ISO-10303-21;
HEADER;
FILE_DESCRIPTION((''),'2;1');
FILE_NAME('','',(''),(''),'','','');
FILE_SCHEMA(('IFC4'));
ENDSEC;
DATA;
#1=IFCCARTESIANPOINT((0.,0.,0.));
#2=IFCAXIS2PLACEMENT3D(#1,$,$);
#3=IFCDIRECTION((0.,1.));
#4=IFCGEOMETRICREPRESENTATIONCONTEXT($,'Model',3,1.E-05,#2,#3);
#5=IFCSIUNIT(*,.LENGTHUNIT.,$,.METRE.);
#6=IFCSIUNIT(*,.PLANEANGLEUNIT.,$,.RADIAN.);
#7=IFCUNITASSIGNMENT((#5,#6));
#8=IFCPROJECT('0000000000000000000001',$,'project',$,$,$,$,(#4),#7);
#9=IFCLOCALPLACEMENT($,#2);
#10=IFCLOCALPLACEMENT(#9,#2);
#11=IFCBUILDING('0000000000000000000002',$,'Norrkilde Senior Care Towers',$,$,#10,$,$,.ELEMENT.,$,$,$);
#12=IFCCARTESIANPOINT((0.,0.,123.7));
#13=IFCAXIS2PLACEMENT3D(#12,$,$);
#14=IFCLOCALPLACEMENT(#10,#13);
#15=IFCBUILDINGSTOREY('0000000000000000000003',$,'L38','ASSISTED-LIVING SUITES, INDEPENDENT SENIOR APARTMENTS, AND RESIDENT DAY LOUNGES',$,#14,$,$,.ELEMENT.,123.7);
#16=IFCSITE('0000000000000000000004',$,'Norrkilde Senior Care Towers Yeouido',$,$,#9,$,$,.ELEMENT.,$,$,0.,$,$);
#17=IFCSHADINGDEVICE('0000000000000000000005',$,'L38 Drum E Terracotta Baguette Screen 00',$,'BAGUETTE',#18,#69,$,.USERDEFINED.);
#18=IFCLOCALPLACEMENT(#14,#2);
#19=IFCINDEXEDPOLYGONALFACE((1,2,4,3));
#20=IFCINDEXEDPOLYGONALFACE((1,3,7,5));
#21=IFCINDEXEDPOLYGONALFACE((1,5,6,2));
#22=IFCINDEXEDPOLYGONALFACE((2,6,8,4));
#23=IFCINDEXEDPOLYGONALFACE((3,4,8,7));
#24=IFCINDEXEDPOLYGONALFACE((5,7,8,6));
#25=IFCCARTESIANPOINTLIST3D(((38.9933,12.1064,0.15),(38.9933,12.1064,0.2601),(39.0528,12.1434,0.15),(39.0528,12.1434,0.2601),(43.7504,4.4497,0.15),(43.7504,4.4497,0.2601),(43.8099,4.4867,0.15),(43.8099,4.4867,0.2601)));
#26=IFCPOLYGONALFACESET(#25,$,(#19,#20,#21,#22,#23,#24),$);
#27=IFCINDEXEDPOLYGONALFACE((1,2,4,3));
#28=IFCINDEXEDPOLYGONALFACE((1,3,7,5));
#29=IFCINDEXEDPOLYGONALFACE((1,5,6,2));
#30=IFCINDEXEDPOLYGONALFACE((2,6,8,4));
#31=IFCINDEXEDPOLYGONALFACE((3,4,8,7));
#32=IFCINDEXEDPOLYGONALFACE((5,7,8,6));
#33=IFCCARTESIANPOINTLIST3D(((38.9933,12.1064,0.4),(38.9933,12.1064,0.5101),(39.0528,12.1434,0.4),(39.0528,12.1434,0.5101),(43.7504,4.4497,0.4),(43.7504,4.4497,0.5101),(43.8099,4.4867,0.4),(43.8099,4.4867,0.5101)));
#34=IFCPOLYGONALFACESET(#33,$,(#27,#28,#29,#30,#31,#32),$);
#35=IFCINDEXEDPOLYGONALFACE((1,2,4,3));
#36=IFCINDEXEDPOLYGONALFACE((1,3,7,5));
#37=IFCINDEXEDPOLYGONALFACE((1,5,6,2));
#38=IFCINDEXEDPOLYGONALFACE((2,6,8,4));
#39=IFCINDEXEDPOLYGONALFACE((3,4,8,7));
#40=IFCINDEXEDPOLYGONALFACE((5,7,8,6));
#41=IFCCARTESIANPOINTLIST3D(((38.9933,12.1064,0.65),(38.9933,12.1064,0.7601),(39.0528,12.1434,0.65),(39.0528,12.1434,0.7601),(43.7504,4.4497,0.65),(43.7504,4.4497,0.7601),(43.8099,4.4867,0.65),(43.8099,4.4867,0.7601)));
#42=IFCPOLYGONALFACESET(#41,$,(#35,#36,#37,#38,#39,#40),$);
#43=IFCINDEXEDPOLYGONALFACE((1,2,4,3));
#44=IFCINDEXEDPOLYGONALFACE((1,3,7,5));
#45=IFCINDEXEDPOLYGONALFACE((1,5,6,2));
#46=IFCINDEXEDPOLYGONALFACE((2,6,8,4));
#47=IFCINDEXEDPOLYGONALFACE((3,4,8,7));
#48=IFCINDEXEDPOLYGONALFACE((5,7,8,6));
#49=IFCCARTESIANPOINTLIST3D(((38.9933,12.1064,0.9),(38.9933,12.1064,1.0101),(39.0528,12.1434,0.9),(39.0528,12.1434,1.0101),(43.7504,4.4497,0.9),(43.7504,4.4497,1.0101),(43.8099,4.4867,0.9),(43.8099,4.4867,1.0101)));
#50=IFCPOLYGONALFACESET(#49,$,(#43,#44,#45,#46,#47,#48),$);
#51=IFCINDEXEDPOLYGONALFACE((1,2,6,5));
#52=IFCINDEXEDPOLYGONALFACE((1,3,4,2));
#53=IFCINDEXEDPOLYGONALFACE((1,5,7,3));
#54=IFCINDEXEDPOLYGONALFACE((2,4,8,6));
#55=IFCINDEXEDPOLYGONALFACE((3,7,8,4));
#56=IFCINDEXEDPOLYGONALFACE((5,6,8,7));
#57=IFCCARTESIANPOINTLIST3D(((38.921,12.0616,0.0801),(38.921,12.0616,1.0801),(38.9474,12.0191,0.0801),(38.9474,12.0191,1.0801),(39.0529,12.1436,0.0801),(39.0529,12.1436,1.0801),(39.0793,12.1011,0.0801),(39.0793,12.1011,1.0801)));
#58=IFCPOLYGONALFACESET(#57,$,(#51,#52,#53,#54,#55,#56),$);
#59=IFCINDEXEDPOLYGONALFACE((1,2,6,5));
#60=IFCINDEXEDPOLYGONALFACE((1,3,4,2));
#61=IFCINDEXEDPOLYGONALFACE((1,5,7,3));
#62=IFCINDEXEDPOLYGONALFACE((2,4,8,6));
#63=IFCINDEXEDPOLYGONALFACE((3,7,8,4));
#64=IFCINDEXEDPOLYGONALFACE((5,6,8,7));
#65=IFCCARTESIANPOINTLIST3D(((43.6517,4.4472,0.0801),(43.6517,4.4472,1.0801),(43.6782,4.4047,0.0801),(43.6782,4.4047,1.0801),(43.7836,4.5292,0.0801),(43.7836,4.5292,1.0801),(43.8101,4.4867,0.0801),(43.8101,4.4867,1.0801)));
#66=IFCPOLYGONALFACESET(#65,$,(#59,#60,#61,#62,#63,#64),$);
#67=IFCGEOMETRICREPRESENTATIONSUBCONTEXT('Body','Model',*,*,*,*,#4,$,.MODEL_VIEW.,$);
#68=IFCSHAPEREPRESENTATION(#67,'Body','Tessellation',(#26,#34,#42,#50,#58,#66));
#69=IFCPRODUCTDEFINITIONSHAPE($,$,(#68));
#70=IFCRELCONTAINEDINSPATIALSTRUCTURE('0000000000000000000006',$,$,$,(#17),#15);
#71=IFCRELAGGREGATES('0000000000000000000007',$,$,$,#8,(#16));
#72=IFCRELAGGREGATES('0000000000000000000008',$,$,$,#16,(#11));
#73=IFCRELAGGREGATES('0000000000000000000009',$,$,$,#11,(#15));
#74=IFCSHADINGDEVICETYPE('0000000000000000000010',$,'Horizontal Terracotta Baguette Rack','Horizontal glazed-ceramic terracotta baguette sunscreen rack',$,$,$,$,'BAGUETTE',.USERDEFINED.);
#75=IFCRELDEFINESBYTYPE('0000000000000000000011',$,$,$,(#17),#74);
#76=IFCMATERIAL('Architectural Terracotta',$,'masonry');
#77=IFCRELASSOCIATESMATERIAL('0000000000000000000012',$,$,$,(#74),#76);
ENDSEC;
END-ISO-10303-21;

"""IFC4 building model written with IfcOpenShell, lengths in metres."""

from ifc_helpers import new_model, si_unit, direction, frame, origin, origin_2d, place, context, subcontext, project, spatial, rectangle, extrude, source, transform, mapped, material, type_object, type_shapes, element, save


model = new_model("IFC4")

# Units and contexts
model_context = context("Model", 3, precision=1e-05, world=origin(), true_north=direction((0.0, 1.0)))
body_context = subcontext(model_context, "Body", "Model", "MODEL_VIEW")
ifc_project = project(units=[si_unit("LENGTHUNIT", "METRE"), si_unit("PLANEANGLEUNIT", "RADIAN")], contexts=[model_context])

# Site, building, storey
site_placement = place(None, origin())
site = spatial("IfcSite", under=ifc_project, at=site_placement, Name="Norrkilde Senior Care Towers Yeouido", CompositionType="ELEMENT", RefElevation=0.0)
building_placement = place(site_placement, origin())
building = spatial("IfcBuilding", under=site, at=building_placement, Name="Norrkilde Senior Care Towers", CompositionType="ELEMENT")
storey_placement = place(building_placement, frame((0.0, 0.0, 123.7)))
storey = spatial("IfcBuildingStorey", under=building, at=storey_placement, Name="L38", Description="ASSISTED-LIVING SUITES, INDEPENDENT SENIOR APARTMENTS, AND RESIDENT DAY LOUNGES", CompositionType="ELEMENT", Elevation=123.7)

# Shading device
ifc_material_1 = material(Name="Architectural Terracotta", Category="masonry")
shading_device_type = type_object("IfcShadingDeviceType", Name="Horizontal Terracotta Baguette Rack", Description="Horizontal glazed-ceramic terracotta baguette sunscreen rack", ElementType="BAGUETTE", PredefinedType="USERDEFINED", material=ifc_material_1)
shared_shape_1 = source(origin(), body_context, "Body", "SweptSolid", [
    extrude(rectangle(XDim=0.0701, YDim=0.1101, at=origin_2d()), frame((0.0, 0.0901, 0.125), z_axis=(1.0, 0.0, 0.0), x_axis=(0.0, 1.0, 0.0)), (0.0, 0.0, 1.0), 9.0142),
    extrude(rectangle(XDim=0.0701, YDim=0.1101, at=origin_2d()), frame((0.0, 0.0901, 0.375), z_axis=(1.0, 0.0, 0.0), x_axis=(0.0, 1.0, 0.0)), (0.0, 0.0, 1.0), 9.0142),
    extrude(rectangle(XDim=0.0701, YDim=0.1101, at=origin_2d()), frame((0.0, 0.0901, 0.625), z_axis=(1.0, 0.0, 0.0), x_axis=(0.0, 1.0, 0.0)), (0.0, 0.0, 1.0), 9.0142),
    extrude(rectangle(XDim=0.0701, YDim=0.1101, at=origin_2d()), frame((0.0, 0.0901, 0.875), z_axis=(1.0, 0.0, 0.0), x_axis=(0.0, 1.0, 0.0)), (0.0, 0.0, 1.0), 9.0142),
    extrude(rectangle(XDim=0.05, YDim=0.1553, at=origin_2d()), frame((0.0249, 0.0476, 0.0)), (0.0, 0.0, 1.0), 1.0),
    extrude(rectangle(XDim=0.05, YDim=0.1553, at=origin_2d()), frame((8.9893, 0.0476, 0.0)), (0.0, 0.0, 1.0), 1.0),
])
type_shapes(shading_device_type, [shared_shape_1])
shading_device_placement = place(storey_placement, frame((38.9465, 12.0774, 0.0801), z_axis=(0.0, 0.0, 1.0), x_axis=(0.527734, -0.849412, 0.0)))
element("IfcShadingDevice", 1, at=shading_device_placement, inside=storey, type_object=shading_device_type, Name="L38 Drum E Terracotta Baguette Screen 00", ObjectType="BAGUETTE", PredefinedType="USERDEFINED", context=body_context, shape_type="MappedRepresentation", body=[
    mapped(shared_shape_1, transform((0.0, 0.0, 0.0), x_axis=(1.0, 0.0, 0.0), y_axis=(0.0, 1.0, 0.0), z_axis=(0.0, 0.0, 1.0), scale=1.0)),
])

save(model, "model.ifc")
